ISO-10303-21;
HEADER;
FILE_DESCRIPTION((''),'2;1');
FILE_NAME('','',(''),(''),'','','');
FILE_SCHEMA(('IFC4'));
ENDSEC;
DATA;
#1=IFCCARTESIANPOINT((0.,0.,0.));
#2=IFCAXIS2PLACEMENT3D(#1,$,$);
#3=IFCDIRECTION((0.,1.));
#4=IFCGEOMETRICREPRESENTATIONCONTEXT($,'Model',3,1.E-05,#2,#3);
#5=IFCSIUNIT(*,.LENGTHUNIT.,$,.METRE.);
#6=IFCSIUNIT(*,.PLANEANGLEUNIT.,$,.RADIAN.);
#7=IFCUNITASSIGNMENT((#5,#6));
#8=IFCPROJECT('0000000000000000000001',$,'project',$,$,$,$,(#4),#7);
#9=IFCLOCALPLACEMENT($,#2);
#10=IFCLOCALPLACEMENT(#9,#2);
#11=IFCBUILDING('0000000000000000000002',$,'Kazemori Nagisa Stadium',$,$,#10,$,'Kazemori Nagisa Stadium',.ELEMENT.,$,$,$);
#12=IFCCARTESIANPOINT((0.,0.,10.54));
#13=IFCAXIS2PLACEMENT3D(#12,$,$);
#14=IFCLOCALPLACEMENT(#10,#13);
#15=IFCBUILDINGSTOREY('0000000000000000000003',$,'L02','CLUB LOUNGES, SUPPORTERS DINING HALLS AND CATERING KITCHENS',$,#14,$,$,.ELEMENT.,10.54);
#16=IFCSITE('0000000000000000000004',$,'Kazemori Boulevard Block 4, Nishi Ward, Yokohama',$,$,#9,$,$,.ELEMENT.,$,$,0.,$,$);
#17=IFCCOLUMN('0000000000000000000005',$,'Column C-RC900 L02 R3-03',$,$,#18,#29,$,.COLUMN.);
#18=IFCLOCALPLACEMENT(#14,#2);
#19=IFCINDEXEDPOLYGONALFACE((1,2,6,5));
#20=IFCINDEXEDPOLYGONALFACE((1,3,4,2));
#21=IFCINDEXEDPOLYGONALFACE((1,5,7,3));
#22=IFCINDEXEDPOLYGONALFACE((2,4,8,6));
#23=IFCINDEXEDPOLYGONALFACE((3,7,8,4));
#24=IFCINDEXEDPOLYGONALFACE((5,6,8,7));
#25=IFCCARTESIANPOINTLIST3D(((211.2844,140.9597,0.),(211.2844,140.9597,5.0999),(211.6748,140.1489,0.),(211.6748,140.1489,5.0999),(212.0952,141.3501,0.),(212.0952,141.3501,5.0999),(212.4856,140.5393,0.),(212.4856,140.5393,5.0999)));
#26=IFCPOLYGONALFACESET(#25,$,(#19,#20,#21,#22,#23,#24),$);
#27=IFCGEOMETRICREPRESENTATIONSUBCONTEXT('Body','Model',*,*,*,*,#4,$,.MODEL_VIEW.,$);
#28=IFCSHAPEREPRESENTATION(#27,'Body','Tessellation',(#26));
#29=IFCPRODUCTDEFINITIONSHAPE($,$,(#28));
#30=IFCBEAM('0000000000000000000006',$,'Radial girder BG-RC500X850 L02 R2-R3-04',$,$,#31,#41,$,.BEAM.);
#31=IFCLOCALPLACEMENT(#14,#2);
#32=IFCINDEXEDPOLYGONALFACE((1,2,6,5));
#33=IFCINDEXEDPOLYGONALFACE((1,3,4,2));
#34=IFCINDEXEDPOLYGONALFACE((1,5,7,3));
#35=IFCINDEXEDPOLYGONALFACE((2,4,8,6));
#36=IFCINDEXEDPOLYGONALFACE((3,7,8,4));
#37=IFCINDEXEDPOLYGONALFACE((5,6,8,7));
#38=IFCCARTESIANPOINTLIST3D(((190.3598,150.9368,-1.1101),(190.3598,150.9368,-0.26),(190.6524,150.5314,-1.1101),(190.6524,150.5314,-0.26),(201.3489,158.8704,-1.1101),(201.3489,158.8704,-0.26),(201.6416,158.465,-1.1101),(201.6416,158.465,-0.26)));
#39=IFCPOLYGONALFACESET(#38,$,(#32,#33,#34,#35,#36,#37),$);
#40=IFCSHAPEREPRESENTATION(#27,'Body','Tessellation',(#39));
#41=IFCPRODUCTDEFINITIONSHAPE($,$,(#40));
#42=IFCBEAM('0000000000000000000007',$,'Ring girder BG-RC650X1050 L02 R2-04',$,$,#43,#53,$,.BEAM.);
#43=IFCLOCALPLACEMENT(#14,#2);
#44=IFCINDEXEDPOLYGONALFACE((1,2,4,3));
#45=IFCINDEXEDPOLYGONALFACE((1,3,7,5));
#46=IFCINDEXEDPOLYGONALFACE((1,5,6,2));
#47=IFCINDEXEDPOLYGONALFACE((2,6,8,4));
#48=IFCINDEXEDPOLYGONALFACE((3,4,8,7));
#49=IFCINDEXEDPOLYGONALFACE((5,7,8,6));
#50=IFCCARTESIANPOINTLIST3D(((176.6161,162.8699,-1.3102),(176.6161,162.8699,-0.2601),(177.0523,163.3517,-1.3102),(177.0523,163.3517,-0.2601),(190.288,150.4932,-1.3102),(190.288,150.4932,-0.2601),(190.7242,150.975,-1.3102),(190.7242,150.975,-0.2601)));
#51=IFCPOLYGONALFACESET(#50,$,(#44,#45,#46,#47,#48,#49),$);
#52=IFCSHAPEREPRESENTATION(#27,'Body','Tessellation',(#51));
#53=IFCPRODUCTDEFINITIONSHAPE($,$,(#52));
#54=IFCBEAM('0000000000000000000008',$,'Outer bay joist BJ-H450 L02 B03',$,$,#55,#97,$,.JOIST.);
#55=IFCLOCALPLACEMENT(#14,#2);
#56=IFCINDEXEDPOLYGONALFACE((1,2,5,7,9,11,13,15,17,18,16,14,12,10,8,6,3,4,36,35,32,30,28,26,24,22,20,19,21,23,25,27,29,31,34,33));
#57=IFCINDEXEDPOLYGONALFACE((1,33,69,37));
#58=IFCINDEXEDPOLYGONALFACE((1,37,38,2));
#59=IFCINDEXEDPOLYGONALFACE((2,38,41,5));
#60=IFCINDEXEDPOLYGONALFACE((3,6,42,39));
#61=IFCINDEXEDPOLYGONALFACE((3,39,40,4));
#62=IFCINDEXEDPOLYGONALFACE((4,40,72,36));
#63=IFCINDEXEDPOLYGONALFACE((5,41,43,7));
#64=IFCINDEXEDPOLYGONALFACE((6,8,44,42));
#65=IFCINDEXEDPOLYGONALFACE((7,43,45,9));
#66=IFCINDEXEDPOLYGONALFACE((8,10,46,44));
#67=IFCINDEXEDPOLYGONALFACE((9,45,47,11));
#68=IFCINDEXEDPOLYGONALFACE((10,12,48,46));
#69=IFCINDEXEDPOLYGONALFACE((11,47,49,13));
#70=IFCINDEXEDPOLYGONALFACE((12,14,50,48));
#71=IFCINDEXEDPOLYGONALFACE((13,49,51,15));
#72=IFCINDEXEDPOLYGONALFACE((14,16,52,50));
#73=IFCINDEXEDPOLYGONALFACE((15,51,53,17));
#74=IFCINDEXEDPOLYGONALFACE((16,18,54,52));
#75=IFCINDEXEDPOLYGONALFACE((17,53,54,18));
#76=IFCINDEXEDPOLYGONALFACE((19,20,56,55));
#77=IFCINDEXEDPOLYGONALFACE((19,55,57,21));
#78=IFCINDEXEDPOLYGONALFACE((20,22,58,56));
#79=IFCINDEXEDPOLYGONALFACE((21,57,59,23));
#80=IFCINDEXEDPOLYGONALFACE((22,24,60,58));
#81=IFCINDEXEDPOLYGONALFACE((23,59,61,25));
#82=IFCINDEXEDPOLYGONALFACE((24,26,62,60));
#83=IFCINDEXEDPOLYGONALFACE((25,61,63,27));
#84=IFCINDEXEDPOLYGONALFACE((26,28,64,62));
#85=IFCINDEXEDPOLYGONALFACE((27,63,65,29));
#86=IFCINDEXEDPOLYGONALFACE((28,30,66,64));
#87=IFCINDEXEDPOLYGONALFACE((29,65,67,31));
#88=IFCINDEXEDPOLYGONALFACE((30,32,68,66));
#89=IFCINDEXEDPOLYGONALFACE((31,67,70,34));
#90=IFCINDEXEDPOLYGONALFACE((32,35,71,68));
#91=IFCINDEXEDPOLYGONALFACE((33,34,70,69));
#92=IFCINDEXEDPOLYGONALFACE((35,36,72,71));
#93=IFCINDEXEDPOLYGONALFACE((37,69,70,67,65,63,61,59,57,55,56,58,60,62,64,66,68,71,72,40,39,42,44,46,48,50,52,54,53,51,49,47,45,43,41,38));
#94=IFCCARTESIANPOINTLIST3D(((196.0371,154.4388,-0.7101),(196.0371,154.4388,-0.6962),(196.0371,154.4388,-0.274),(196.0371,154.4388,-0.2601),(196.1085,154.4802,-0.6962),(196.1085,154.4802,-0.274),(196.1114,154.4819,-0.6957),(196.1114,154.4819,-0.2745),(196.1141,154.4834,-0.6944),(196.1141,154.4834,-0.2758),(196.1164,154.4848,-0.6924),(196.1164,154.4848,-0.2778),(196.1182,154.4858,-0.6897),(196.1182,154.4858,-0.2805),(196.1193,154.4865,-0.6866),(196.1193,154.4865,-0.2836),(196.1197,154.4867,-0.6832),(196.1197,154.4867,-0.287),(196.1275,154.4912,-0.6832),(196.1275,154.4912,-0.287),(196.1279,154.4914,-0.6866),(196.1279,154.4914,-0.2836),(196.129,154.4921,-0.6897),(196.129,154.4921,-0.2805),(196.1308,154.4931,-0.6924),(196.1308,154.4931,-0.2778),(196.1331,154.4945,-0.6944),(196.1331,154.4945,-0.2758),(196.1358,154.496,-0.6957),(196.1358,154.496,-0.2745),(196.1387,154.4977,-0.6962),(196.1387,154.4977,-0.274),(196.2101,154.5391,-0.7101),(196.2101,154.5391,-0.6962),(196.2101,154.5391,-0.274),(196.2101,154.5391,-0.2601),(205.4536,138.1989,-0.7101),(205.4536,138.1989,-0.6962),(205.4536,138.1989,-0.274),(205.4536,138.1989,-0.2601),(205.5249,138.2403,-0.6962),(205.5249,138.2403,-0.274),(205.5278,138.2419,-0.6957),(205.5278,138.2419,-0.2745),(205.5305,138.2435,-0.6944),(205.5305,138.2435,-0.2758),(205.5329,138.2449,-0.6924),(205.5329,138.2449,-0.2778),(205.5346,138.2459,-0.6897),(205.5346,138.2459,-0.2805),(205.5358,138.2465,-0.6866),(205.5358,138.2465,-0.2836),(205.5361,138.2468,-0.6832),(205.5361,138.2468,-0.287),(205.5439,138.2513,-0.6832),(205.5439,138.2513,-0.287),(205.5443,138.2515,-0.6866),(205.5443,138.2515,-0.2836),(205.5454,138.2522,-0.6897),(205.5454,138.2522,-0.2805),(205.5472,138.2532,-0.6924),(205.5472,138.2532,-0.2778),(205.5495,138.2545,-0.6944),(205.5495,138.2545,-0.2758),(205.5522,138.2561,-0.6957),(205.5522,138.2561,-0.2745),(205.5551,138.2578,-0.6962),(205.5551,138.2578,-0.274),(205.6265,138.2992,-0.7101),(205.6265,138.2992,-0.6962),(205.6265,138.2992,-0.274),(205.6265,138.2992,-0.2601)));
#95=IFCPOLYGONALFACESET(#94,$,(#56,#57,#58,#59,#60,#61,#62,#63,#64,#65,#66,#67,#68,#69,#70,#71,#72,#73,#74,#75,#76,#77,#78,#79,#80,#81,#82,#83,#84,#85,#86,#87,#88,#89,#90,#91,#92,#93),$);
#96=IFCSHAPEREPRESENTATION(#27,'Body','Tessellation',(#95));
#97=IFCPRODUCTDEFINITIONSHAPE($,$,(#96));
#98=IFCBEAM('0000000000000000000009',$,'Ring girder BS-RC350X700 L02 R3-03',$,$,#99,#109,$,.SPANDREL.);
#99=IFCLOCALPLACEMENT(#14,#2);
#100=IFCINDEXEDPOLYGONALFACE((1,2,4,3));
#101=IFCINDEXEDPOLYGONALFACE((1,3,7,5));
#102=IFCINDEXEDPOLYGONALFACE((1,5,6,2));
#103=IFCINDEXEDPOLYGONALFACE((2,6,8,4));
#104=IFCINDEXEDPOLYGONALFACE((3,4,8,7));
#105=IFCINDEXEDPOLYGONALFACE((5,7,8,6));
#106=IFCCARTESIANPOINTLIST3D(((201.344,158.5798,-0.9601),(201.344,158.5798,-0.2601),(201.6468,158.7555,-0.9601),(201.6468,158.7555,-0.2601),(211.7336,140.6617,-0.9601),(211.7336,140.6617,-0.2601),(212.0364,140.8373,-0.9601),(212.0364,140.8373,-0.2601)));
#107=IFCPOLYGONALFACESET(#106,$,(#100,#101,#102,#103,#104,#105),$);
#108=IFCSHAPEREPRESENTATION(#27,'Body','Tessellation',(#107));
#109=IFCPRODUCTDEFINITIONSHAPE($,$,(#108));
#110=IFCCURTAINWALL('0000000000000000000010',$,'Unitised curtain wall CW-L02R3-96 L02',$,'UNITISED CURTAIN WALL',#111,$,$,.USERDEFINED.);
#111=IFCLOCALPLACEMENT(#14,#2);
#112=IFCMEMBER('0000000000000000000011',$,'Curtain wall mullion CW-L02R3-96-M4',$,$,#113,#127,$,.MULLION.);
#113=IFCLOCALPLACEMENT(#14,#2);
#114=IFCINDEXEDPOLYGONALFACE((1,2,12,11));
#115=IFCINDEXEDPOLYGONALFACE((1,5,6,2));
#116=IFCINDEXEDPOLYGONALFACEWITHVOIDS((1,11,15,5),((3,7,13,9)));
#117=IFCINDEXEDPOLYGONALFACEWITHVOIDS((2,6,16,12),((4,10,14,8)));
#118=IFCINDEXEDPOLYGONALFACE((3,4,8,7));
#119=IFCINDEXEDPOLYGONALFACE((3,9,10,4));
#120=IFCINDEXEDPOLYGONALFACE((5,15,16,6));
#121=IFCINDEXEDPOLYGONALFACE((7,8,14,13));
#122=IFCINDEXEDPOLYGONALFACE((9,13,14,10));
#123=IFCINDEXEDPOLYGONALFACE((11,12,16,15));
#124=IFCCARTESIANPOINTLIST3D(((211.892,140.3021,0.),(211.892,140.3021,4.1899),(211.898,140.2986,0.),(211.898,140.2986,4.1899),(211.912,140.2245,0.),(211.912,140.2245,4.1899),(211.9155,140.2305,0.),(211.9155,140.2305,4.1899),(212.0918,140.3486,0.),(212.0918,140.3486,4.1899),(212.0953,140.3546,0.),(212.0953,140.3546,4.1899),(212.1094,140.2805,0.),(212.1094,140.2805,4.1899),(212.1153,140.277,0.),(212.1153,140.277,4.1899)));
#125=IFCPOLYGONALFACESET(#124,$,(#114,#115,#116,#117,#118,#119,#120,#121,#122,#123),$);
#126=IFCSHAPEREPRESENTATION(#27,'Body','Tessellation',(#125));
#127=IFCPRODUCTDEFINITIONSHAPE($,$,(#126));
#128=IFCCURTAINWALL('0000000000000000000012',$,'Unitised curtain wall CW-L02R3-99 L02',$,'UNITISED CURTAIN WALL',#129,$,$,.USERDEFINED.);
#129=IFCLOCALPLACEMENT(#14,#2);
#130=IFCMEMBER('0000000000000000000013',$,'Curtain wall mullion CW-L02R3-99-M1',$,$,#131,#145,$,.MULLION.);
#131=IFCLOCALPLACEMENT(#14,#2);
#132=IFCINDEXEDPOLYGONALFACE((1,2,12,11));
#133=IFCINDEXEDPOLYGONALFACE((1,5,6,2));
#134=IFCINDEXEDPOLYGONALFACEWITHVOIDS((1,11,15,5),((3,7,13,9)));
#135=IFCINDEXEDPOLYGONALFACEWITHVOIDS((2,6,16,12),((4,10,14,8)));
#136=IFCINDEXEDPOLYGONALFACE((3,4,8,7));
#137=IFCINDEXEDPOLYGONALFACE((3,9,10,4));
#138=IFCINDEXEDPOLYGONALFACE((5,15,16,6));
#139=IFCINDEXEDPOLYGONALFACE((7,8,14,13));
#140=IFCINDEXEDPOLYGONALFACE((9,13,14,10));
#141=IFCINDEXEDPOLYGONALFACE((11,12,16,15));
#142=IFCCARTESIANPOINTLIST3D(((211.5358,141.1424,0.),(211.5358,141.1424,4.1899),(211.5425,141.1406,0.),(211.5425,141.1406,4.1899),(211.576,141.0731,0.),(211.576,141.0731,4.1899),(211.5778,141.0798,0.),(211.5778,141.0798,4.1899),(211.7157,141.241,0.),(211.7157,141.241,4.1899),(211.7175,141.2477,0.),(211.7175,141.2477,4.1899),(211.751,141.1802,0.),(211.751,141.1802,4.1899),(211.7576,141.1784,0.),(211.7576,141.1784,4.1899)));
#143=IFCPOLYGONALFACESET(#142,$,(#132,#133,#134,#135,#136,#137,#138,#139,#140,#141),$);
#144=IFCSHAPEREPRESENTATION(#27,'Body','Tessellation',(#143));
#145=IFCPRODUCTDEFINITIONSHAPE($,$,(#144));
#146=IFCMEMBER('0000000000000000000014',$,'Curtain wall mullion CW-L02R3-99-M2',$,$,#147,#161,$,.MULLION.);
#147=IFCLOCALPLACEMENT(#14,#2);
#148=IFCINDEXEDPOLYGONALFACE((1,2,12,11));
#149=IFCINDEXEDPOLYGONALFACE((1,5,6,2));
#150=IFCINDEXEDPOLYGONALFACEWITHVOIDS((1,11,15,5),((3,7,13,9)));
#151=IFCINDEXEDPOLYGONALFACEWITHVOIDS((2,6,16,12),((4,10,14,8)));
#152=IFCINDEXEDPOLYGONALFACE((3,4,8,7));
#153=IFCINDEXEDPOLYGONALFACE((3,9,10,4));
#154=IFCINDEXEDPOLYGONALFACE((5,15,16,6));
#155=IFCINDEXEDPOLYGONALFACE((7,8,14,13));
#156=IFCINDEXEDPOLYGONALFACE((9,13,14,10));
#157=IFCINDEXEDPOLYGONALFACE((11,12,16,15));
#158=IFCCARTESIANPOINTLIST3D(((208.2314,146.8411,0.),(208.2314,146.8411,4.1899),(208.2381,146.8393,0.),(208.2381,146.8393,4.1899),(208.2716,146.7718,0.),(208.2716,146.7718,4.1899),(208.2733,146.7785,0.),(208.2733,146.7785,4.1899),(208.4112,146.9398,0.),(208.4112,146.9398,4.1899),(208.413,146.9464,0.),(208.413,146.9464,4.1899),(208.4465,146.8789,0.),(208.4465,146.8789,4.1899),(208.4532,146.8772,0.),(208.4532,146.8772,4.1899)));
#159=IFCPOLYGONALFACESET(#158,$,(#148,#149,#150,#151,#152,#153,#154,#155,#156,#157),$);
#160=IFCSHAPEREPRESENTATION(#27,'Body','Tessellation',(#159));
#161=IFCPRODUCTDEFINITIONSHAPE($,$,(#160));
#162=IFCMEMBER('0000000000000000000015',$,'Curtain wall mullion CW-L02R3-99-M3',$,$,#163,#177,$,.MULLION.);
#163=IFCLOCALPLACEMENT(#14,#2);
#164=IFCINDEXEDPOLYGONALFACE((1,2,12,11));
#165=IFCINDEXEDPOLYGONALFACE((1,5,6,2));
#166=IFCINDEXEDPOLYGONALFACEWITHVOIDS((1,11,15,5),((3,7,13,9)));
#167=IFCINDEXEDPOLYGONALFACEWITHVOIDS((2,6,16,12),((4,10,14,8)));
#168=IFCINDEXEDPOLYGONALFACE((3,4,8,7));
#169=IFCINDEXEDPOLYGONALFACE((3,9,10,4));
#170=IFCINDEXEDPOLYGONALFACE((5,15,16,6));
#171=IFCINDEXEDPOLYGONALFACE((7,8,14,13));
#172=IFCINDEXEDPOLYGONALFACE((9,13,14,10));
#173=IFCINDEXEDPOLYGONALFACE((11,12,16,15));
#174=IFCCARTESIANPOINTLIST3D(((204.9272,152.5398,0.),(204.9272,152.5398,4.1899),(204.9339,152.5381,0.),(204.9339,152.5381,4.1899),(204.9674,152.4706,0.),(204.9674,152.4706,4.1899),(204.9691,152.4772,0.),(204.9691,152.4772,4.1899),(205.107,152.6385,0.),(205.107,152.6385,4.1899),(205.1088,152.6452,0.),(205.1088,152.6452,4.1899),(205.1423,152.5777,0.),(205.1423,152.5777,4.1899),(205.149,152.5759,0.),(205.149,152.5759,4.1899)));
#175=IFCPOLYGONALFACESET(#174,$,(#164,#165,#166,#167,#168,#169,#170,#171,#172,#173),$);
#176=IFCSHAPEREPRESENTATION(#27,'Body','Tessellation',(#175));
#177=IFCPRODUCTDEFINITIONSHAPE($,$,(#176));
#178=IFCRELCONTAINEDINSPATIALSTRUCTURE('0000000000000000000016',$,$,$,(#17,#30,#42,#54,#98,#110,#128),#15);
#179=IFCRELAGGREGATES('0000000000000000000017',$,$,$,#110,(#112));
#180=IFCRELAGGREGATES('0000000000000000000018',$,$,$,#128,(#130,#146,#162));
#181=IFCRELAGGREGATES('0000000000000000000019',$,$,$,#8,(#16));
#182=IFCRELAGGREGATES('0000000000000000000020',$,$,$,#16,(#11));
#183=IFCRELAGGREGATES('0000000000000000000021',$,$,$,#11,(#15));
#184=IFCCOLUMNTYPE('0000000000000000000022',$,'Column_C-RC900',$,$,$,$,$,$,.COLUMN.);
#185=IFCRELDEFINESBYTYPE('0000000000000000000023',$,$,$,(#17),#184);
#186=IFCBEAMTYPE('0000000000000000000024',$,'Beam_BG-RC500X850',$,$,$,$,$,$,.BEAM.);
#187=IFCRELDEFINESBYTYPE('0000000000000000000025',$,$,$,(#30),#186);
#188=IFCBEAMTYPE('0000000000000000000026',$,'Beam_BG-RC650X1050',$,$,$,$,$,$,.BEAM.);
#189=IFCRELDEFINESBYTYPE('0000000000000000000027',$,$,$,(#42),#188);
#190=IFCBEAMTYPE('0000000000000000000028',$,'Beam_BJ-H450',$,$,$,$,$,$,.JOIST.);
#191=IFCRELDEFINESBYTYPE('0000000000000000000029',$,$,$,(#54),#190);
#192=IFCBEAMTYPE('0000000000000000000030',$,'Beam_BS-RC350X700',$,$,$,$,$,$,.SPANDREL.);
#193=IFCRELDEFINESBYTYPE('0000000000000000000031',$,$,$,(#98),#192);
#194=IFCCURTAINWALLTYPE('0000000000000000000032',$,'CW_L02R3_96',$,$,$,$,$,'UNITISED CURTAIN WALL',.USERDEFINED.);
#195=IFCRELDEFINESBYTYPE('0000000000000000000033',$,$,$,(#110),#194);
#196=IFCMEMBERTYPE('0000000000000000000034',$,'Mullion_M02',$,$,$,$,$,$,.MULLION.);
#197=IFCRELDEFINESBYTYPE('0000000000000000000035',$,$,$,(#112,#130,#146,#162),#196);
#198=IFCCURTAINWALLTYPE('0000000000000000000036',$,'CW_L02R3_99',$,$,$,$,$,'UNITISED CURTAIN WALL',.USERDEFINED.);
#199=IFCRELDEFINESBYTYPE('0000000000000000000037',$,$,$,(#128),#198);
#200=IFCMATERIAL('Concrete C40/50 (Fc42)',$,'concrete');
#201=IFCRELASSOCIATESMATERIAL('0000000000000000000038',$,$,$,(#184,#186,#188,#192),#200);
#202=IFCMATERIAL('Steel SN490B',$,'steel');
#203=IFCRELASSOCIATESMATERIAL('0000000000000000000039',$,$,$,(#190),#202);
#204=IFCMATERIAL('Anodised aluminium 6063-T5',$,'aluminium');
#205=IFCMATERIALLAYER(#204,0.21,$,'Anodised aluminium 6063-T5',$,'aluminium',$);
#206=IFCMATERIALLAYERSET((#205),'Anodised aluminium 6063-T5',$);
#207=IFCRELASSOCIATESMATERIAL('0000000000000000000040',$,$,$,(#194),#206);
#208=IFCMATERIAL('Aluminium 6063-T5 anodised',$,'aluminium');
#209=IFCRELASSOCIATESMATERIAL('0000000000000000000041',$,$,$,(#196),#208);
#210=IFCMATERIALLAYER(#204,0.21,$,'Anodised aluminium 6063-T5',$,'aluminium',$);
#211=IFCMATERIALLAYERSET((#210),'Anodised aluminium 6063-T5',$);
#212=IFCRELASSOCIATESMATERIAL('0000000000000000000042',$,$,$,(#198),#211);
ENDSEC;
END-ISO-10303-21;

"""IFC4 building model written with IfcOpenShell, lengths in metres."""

from ifc_helpers import new_model, si_unit, direction, frame, origin, origin_2d, place, context, subcontext, project, spatial, rectangle, hollow_rectangle, i_section, extrude, material, layer, layer_set, material_profile, profile_set, type_object, element, aggregate, save


model = new_model("IFC4")

# Units and contexts
model_context = context("Model", 3, precision=1e-05, world=origin(), true_north=direction((0.0, 1.0)))
body_context = subcontext(model_context, "Body", "Model", "MODEL_VIEW")
ifc_project = project(units=[si_unit("LENGTHUNIT", "METRE"), si_unit("PLANEANGLEUNIT", "RADIAN")], contexts=[model_context])

# Site, building, storey
site_placement = place(None, origin())
site = spatial("IfcSite", under=ifc_project, at=site_placement, Name="Kazemori Boulevard Block 4, Nishi Ward, Yokohama", CompositionType="ELEMENT", RefElevation=0.0)
building_placement = place(site_placement, origin())
building = spatial("IfcBuilding", under=site, at=building_placement, Name="Kazemori Nagisa Stadium", LongName="Kazemori Nagisa Stadium", CompositionType="ELEMENT")
storey_placement = place(building_placement, frame((0.0, 0.0, 10.54)))
storey = spatial("IfcBuildingStorey", under=building, at=storey_placement, Name="L02", Description="CLUB LOUNGES, SUPPORTERS DINING HALLS AND CATERING KITCHENS", CompositionType="ELEMENT", Elevation=10.54)

# Column
ifc_material_1 = material(Name="Concrete C40/50 (Fc42)", Category="concrete")
ifc_material_profile_1 = material_profile(ifc_material_1, rectangle(XDim=0.8999, YDim=0.8999, at=origin_2d()), Name="RC-COL-900x900")
ifc_profile_set_1 = profile_set([ifc_material_profile_1], Name="Concrete C40/50 (Fc42)")
column_type = type_object("IfcColumnType", Name="Column_C-RC900", PredefinedType="COLUMN", material=ifc_profile_set_1)
column_placement = place(storey_placement, frame((211.885, 140.7495, 0.0), z_axis=(0.0, 0.0, 1.0), x_axis=(0.900969, 0.433884, 0.0)))
element("IfcColumn", 1, at=column_placement, inside=storey, type_object=column_type, Name="Column C-RC900 L02 R3-03", PredefinedType="COLUMN", context=body_context, shape_type="SweptSolid", body=[
    extrude(rectangle(XDim=0.8999, YDim=0.8999, at=origin_2d()), origin(), (0.0, 0.0, 1.0), 5.0999),
])

# Beams
ifc_material_profile_2 = material_profile(ifc_material_1, rectangle(XDim=0.5, YDim=0.8501, at=origin_2d()), Name="RC-BM-500x850")
ifc_profile_set_2 = profile_set([ifc_material_profile_2], Name="Concrete C40/50 (Fc42)")
beam_type_1 = type_object("IfcBeamType", Name="Beam_BG-RC500X850", PredefinedType="BEAM", material=ifc_profile_set_2)
beam_1_placement = place(storey_placement, frame((190.5061, 150.7341, -0.6851), z_axis=(0.810788, 0.585341, 0.0), x_axis=(-0.585341, 0.810788, 0.0)))
element("IfcBeam", 2, at=beam_1_placement, inside=storey, type_object=beam_type_1, Name="Radial girder BG-RC500X850 L02 R2-R3-04", PredefinedType="BEAM", context=body_context, shape_type="SweptSolid", body=[
    extrude(rectangle(XDim=0.5, YDim=0.8501, at=origin_2d()), origin(), (0.0, 0.0, 1.0), 13.5537),
])
ifc_material_profile_3 = material_profile(ifc_material_1, rectangle(XDim=0.6499, YDim=1.05, at=origin_2d()), Name="RC-BM-650x1050")
ifc_profile_set_3 = profile_set([ifc_material_profile_3], Name="Concrete C40/50 (Fc42)")
beam_type_2 = type_object("IfcBeamType", Name="Beam_BG-RC650X1050", PredefinedType="BEAM", material=ifc_profile_set_3)
beam_2_placement = place(storey_placement, frame((190.5061, 150.7341, -0.7852), z_axis=(-0.741349, 0.67112, 0.0), x_axis=(-0.67112, -0.741349, 0.0)))
element("IfcBeam", 3, at=beam_2_placement, inside=storey, type_object=beam_type_2, Name="Ring girder BG-RC650X1050 L02 R2-04", PredefinedType="BEAM", context=body_context, shape_type="SweptSolid", body=[
    extrude(rectangle(XDim=0.6499, YDim=1.05, at=origin_2d()), origin(), (0.0, 0.0, 1.0), 18.4419),
])
ifc_material_2 = material(Name="Steel SN490B", Category="steel")
ifc_material_profile_4 = material_profile(ifc_material_2, i_section(OverallWidth=0.2, OverallDepth=0.45, WebThickness=0.009, FlangeThickness=0.0139, FilletRadius=0.0129, at=origin_2d()), Name="H-450x200x9x14")
ifc_profile_set_4 = profile_set([ifc_material_profile_4], Name="Steel SN490B")
beam_type_3 = type_object("IfcBeamType", Name="Beam_BJ-H450", PredefinedType="JOIST", material=ifc_profile_set_4)
beam_3_placement = place(storey_placement, frame((205.54, 138.249, -0.4851), z_axis=(-0.501611, 0.865093, 0.0), x_axis=(-0.865093, -0.501611, 0.0)))
element("IfcBeam", 4, at=beam_3_placement, inside=storey, type_object=beam_type_3, Name="Outer bay joist BJ-H450 L02 B03", PredefinedType="JOIST", context=body_context, shape_type="SweptSolid", body=[
    extrude(i_section(OverallWidth=0.2, OverallDepth=0.45, WebThickness=0.009, FlangeThickness=0.0139, FilletRadius=0.0129, at=origin_2d()), origin(), (0.0, 0.0, 1.0), 18.7725),
])
ifc_material_profile_5 = material_profile(ifc_material_1, rectangle(XDim=0.3501, YDim=0.7, at=origin_2d()), Name="RC-SP-350x700")
ifc_profile_set_5 = profile_set([ifc_material_profile_5], Name="Concrete C40/50 (Fc42)")
beam_type_4 = type_object("IfcBeamType", Name="Beam_BS-RC350X700", PredefinedType="SPANDREL", material=ifc_profile_set_5)
beam_4_placement = place(storey_placement, frame((211.885, 140.7495, -0.6101), z_axis=(-0.501613, 0.865092, 0.0), x_axis=(-0.865092, -0.501613, 0.0)))
element("IfcBeam", 5, at=beam_4_placement, inside=storey, type_object=beam_type_4, Name="Ring girder BS-RC350X700 L02 R3-03", PredefinedType="SPANDREL", context=body_context, shape_type="SweptSolid", body=[
    extrude(rectangle(XDim=0.3501, YDim=0.7, at=origin_2d()), origin(), (0.0, 0.0, 1.0), 20.7124),
])

# Curtain wall, member
ifc_material_3 = material(Name="Anodised aluminium 6063-T5", Category="aluminium")
ifc_layer_1 = layer(ifc_material_3, 0.21, Name="Anodised aluminium 6063-T5", Category="aluminium")
ifc_layer_set_1 = layer_set([ifc_layer_1], Name="Anodised aluminium 6063-T5")
curtain_wall_type_1 = type_object("IfcCurtainWallType", Name="CW_L02R3_96", ElementType="UNITISED CURTAIN WALL", PredefinedType="USERDEFINED", material=ifc_layer_set_1)
curtain_wall_1_placement = place(storey_placement, origin())
curtain_wall_1 = element("IfcCurtainWall", 6, at=curtain_wall_1_placement, inside=storey, type_object=curtain_wall_type_1, Name="Unitised curtain wall CW-L02R3-96 L02", ObjectType="UNITISED CURTAIN WALL", PredefinedType="USERDEFINED")
ifc_material_4 = material(Name="Aluminium 6063-T5 anodised", Category="aluminium")
ifc_material_profile_6 = material_profile(ifc_material_4, hollow_rectangle(XDim=0.0801, YDim=0.21, WallThickness=0.0049, at=origin_2d()), Name="ALU-MULL-80x210x5")
ifc_profile_set_6 = profile_set([ifc_material_profile_6], Name="Aluminium 6063-T5 anodised")
member_type_1 = type_object("IfcMemberType", Name="Mullion_M02", PredefinedType="MULLION", material=ifc_profile_set_6)
member_1_placement = place(storey_placement, frame((212.0037, 140.2896, 0.0), z_axis=(0.0, 0.0, 1.0), x_axis=(-0.249965, 0.968255, 0.0)))
member_1 = element("IfcMember", 7, at=member_1_placement, type_object=member_type_1, Name="Curtain wall mullion CW-L02R3-96-M4", PredefinedType="MULLION", context=body_context, shape_type="SweptSolid", body=[
    extrude(hollow_rectangle(XDim=0.0801, YDim=0.21, WallThickness=0.0049, at=origin_2d()), origin(), (0.0, 0.0, 1.0), 4.1899),
])

# Curtain wall, members
ifc_layer_2 = layer(ifc_material_3, 0.21, Name="Anodised aluminium 6063-T5", Category="aluminium")
ifc_layer_set_2 = layer_set([ifc_layer_2], Name="Anodised aluminium 6063-T5")
curtain_wall_type_2 = type_object("IfcCurtainWallType", Name="CW_L02R3_99", ElementType="UNITISED CURTAIN WALL", PredefinedType="USERDEFINED", material=ifc_layer_set_2)
curtain_wall_2_placement = place(storey_placement, origin())
curtain_wall_2 = element("IfcCurtainWall", 8, at=curtain_wall_2_placement, inside=storey, type_object=curtain_wall_type_2, Name="Unitised curtain wall CW-L02R3-99 L02", ObjectType="UNITISED CURTAIN WALL", PredefinedType="USERDEFINED")
member_2_placement = place(storey_placement, frame((211.6467, 141.1604, 0.0), z_axis=(0.0, 0.0, 1.0), x_axis=(-0.501612, 0.865093, 0.0)))
member_2 = element("IfcMember", 9, at=member_2_placement, type_object=member_type_1, Name="Curtain wall mullion CW-L02R3-99-M1", PredefinedType="MULLION", context=body_context, shape_type="SweptSolid", body=[
    extrude(hollow_rectangle(XDim=0.0801, YDim=0.21, WallThickness=0.0049, at=origin_2d()), origin(), (0.0, 0.0, 1.0), 4.1899),
])
member_3_placement = place(storey_placement, frame((208.3423, 146.8591, 0.0), z_axis=(0.0, 0.0, 1.0), x_axis=(-0.501612, 0.865093, 0.0)))
member_3 = element("IfcMember", 10, at=member_3_placement, type_object=member_type_1, Name="Curtain wall mullion CW-L02R3-99-M2", PredefinedType="MULLION", context=body_context, shape_type="SweptSolid", body=[
    extrude(hollow_rectangle(XDim=0.0801, YDim=0.21, WallThickness=0.0049, at=origin_2d()), origin(), (0.0, 0.0, 1.0), 4.1899),
])
member_4_placement = place(storey_placement, frame((205.0381, 152.5579, 0.0), z_axis=(0.0, 0.0, 1.0), x_axis=(-0.501612, 0.865093, 0.0)))
member_4 = element("IfcMember", 11, at=member_4_placement, type_object=member_type_1, Name="Curtain wall mullion CW-L02R3-99-M3", PredefinedType="MULLION", context=body_context, shape_type="SweptSolid", body=[
    extrude(hollow_rectangle(XDim=0.0801, YDim=0.21, WallThickness=0.0049, at=origin_2d()), origin(), (0.0, 0.0, 1.0), 4.1899),
])

aggregate(curtain_wall_1, [member_1])
aggregate(curtain_wall_2, [member_2, member_3, member_4])

save(model, "model.ifc")
